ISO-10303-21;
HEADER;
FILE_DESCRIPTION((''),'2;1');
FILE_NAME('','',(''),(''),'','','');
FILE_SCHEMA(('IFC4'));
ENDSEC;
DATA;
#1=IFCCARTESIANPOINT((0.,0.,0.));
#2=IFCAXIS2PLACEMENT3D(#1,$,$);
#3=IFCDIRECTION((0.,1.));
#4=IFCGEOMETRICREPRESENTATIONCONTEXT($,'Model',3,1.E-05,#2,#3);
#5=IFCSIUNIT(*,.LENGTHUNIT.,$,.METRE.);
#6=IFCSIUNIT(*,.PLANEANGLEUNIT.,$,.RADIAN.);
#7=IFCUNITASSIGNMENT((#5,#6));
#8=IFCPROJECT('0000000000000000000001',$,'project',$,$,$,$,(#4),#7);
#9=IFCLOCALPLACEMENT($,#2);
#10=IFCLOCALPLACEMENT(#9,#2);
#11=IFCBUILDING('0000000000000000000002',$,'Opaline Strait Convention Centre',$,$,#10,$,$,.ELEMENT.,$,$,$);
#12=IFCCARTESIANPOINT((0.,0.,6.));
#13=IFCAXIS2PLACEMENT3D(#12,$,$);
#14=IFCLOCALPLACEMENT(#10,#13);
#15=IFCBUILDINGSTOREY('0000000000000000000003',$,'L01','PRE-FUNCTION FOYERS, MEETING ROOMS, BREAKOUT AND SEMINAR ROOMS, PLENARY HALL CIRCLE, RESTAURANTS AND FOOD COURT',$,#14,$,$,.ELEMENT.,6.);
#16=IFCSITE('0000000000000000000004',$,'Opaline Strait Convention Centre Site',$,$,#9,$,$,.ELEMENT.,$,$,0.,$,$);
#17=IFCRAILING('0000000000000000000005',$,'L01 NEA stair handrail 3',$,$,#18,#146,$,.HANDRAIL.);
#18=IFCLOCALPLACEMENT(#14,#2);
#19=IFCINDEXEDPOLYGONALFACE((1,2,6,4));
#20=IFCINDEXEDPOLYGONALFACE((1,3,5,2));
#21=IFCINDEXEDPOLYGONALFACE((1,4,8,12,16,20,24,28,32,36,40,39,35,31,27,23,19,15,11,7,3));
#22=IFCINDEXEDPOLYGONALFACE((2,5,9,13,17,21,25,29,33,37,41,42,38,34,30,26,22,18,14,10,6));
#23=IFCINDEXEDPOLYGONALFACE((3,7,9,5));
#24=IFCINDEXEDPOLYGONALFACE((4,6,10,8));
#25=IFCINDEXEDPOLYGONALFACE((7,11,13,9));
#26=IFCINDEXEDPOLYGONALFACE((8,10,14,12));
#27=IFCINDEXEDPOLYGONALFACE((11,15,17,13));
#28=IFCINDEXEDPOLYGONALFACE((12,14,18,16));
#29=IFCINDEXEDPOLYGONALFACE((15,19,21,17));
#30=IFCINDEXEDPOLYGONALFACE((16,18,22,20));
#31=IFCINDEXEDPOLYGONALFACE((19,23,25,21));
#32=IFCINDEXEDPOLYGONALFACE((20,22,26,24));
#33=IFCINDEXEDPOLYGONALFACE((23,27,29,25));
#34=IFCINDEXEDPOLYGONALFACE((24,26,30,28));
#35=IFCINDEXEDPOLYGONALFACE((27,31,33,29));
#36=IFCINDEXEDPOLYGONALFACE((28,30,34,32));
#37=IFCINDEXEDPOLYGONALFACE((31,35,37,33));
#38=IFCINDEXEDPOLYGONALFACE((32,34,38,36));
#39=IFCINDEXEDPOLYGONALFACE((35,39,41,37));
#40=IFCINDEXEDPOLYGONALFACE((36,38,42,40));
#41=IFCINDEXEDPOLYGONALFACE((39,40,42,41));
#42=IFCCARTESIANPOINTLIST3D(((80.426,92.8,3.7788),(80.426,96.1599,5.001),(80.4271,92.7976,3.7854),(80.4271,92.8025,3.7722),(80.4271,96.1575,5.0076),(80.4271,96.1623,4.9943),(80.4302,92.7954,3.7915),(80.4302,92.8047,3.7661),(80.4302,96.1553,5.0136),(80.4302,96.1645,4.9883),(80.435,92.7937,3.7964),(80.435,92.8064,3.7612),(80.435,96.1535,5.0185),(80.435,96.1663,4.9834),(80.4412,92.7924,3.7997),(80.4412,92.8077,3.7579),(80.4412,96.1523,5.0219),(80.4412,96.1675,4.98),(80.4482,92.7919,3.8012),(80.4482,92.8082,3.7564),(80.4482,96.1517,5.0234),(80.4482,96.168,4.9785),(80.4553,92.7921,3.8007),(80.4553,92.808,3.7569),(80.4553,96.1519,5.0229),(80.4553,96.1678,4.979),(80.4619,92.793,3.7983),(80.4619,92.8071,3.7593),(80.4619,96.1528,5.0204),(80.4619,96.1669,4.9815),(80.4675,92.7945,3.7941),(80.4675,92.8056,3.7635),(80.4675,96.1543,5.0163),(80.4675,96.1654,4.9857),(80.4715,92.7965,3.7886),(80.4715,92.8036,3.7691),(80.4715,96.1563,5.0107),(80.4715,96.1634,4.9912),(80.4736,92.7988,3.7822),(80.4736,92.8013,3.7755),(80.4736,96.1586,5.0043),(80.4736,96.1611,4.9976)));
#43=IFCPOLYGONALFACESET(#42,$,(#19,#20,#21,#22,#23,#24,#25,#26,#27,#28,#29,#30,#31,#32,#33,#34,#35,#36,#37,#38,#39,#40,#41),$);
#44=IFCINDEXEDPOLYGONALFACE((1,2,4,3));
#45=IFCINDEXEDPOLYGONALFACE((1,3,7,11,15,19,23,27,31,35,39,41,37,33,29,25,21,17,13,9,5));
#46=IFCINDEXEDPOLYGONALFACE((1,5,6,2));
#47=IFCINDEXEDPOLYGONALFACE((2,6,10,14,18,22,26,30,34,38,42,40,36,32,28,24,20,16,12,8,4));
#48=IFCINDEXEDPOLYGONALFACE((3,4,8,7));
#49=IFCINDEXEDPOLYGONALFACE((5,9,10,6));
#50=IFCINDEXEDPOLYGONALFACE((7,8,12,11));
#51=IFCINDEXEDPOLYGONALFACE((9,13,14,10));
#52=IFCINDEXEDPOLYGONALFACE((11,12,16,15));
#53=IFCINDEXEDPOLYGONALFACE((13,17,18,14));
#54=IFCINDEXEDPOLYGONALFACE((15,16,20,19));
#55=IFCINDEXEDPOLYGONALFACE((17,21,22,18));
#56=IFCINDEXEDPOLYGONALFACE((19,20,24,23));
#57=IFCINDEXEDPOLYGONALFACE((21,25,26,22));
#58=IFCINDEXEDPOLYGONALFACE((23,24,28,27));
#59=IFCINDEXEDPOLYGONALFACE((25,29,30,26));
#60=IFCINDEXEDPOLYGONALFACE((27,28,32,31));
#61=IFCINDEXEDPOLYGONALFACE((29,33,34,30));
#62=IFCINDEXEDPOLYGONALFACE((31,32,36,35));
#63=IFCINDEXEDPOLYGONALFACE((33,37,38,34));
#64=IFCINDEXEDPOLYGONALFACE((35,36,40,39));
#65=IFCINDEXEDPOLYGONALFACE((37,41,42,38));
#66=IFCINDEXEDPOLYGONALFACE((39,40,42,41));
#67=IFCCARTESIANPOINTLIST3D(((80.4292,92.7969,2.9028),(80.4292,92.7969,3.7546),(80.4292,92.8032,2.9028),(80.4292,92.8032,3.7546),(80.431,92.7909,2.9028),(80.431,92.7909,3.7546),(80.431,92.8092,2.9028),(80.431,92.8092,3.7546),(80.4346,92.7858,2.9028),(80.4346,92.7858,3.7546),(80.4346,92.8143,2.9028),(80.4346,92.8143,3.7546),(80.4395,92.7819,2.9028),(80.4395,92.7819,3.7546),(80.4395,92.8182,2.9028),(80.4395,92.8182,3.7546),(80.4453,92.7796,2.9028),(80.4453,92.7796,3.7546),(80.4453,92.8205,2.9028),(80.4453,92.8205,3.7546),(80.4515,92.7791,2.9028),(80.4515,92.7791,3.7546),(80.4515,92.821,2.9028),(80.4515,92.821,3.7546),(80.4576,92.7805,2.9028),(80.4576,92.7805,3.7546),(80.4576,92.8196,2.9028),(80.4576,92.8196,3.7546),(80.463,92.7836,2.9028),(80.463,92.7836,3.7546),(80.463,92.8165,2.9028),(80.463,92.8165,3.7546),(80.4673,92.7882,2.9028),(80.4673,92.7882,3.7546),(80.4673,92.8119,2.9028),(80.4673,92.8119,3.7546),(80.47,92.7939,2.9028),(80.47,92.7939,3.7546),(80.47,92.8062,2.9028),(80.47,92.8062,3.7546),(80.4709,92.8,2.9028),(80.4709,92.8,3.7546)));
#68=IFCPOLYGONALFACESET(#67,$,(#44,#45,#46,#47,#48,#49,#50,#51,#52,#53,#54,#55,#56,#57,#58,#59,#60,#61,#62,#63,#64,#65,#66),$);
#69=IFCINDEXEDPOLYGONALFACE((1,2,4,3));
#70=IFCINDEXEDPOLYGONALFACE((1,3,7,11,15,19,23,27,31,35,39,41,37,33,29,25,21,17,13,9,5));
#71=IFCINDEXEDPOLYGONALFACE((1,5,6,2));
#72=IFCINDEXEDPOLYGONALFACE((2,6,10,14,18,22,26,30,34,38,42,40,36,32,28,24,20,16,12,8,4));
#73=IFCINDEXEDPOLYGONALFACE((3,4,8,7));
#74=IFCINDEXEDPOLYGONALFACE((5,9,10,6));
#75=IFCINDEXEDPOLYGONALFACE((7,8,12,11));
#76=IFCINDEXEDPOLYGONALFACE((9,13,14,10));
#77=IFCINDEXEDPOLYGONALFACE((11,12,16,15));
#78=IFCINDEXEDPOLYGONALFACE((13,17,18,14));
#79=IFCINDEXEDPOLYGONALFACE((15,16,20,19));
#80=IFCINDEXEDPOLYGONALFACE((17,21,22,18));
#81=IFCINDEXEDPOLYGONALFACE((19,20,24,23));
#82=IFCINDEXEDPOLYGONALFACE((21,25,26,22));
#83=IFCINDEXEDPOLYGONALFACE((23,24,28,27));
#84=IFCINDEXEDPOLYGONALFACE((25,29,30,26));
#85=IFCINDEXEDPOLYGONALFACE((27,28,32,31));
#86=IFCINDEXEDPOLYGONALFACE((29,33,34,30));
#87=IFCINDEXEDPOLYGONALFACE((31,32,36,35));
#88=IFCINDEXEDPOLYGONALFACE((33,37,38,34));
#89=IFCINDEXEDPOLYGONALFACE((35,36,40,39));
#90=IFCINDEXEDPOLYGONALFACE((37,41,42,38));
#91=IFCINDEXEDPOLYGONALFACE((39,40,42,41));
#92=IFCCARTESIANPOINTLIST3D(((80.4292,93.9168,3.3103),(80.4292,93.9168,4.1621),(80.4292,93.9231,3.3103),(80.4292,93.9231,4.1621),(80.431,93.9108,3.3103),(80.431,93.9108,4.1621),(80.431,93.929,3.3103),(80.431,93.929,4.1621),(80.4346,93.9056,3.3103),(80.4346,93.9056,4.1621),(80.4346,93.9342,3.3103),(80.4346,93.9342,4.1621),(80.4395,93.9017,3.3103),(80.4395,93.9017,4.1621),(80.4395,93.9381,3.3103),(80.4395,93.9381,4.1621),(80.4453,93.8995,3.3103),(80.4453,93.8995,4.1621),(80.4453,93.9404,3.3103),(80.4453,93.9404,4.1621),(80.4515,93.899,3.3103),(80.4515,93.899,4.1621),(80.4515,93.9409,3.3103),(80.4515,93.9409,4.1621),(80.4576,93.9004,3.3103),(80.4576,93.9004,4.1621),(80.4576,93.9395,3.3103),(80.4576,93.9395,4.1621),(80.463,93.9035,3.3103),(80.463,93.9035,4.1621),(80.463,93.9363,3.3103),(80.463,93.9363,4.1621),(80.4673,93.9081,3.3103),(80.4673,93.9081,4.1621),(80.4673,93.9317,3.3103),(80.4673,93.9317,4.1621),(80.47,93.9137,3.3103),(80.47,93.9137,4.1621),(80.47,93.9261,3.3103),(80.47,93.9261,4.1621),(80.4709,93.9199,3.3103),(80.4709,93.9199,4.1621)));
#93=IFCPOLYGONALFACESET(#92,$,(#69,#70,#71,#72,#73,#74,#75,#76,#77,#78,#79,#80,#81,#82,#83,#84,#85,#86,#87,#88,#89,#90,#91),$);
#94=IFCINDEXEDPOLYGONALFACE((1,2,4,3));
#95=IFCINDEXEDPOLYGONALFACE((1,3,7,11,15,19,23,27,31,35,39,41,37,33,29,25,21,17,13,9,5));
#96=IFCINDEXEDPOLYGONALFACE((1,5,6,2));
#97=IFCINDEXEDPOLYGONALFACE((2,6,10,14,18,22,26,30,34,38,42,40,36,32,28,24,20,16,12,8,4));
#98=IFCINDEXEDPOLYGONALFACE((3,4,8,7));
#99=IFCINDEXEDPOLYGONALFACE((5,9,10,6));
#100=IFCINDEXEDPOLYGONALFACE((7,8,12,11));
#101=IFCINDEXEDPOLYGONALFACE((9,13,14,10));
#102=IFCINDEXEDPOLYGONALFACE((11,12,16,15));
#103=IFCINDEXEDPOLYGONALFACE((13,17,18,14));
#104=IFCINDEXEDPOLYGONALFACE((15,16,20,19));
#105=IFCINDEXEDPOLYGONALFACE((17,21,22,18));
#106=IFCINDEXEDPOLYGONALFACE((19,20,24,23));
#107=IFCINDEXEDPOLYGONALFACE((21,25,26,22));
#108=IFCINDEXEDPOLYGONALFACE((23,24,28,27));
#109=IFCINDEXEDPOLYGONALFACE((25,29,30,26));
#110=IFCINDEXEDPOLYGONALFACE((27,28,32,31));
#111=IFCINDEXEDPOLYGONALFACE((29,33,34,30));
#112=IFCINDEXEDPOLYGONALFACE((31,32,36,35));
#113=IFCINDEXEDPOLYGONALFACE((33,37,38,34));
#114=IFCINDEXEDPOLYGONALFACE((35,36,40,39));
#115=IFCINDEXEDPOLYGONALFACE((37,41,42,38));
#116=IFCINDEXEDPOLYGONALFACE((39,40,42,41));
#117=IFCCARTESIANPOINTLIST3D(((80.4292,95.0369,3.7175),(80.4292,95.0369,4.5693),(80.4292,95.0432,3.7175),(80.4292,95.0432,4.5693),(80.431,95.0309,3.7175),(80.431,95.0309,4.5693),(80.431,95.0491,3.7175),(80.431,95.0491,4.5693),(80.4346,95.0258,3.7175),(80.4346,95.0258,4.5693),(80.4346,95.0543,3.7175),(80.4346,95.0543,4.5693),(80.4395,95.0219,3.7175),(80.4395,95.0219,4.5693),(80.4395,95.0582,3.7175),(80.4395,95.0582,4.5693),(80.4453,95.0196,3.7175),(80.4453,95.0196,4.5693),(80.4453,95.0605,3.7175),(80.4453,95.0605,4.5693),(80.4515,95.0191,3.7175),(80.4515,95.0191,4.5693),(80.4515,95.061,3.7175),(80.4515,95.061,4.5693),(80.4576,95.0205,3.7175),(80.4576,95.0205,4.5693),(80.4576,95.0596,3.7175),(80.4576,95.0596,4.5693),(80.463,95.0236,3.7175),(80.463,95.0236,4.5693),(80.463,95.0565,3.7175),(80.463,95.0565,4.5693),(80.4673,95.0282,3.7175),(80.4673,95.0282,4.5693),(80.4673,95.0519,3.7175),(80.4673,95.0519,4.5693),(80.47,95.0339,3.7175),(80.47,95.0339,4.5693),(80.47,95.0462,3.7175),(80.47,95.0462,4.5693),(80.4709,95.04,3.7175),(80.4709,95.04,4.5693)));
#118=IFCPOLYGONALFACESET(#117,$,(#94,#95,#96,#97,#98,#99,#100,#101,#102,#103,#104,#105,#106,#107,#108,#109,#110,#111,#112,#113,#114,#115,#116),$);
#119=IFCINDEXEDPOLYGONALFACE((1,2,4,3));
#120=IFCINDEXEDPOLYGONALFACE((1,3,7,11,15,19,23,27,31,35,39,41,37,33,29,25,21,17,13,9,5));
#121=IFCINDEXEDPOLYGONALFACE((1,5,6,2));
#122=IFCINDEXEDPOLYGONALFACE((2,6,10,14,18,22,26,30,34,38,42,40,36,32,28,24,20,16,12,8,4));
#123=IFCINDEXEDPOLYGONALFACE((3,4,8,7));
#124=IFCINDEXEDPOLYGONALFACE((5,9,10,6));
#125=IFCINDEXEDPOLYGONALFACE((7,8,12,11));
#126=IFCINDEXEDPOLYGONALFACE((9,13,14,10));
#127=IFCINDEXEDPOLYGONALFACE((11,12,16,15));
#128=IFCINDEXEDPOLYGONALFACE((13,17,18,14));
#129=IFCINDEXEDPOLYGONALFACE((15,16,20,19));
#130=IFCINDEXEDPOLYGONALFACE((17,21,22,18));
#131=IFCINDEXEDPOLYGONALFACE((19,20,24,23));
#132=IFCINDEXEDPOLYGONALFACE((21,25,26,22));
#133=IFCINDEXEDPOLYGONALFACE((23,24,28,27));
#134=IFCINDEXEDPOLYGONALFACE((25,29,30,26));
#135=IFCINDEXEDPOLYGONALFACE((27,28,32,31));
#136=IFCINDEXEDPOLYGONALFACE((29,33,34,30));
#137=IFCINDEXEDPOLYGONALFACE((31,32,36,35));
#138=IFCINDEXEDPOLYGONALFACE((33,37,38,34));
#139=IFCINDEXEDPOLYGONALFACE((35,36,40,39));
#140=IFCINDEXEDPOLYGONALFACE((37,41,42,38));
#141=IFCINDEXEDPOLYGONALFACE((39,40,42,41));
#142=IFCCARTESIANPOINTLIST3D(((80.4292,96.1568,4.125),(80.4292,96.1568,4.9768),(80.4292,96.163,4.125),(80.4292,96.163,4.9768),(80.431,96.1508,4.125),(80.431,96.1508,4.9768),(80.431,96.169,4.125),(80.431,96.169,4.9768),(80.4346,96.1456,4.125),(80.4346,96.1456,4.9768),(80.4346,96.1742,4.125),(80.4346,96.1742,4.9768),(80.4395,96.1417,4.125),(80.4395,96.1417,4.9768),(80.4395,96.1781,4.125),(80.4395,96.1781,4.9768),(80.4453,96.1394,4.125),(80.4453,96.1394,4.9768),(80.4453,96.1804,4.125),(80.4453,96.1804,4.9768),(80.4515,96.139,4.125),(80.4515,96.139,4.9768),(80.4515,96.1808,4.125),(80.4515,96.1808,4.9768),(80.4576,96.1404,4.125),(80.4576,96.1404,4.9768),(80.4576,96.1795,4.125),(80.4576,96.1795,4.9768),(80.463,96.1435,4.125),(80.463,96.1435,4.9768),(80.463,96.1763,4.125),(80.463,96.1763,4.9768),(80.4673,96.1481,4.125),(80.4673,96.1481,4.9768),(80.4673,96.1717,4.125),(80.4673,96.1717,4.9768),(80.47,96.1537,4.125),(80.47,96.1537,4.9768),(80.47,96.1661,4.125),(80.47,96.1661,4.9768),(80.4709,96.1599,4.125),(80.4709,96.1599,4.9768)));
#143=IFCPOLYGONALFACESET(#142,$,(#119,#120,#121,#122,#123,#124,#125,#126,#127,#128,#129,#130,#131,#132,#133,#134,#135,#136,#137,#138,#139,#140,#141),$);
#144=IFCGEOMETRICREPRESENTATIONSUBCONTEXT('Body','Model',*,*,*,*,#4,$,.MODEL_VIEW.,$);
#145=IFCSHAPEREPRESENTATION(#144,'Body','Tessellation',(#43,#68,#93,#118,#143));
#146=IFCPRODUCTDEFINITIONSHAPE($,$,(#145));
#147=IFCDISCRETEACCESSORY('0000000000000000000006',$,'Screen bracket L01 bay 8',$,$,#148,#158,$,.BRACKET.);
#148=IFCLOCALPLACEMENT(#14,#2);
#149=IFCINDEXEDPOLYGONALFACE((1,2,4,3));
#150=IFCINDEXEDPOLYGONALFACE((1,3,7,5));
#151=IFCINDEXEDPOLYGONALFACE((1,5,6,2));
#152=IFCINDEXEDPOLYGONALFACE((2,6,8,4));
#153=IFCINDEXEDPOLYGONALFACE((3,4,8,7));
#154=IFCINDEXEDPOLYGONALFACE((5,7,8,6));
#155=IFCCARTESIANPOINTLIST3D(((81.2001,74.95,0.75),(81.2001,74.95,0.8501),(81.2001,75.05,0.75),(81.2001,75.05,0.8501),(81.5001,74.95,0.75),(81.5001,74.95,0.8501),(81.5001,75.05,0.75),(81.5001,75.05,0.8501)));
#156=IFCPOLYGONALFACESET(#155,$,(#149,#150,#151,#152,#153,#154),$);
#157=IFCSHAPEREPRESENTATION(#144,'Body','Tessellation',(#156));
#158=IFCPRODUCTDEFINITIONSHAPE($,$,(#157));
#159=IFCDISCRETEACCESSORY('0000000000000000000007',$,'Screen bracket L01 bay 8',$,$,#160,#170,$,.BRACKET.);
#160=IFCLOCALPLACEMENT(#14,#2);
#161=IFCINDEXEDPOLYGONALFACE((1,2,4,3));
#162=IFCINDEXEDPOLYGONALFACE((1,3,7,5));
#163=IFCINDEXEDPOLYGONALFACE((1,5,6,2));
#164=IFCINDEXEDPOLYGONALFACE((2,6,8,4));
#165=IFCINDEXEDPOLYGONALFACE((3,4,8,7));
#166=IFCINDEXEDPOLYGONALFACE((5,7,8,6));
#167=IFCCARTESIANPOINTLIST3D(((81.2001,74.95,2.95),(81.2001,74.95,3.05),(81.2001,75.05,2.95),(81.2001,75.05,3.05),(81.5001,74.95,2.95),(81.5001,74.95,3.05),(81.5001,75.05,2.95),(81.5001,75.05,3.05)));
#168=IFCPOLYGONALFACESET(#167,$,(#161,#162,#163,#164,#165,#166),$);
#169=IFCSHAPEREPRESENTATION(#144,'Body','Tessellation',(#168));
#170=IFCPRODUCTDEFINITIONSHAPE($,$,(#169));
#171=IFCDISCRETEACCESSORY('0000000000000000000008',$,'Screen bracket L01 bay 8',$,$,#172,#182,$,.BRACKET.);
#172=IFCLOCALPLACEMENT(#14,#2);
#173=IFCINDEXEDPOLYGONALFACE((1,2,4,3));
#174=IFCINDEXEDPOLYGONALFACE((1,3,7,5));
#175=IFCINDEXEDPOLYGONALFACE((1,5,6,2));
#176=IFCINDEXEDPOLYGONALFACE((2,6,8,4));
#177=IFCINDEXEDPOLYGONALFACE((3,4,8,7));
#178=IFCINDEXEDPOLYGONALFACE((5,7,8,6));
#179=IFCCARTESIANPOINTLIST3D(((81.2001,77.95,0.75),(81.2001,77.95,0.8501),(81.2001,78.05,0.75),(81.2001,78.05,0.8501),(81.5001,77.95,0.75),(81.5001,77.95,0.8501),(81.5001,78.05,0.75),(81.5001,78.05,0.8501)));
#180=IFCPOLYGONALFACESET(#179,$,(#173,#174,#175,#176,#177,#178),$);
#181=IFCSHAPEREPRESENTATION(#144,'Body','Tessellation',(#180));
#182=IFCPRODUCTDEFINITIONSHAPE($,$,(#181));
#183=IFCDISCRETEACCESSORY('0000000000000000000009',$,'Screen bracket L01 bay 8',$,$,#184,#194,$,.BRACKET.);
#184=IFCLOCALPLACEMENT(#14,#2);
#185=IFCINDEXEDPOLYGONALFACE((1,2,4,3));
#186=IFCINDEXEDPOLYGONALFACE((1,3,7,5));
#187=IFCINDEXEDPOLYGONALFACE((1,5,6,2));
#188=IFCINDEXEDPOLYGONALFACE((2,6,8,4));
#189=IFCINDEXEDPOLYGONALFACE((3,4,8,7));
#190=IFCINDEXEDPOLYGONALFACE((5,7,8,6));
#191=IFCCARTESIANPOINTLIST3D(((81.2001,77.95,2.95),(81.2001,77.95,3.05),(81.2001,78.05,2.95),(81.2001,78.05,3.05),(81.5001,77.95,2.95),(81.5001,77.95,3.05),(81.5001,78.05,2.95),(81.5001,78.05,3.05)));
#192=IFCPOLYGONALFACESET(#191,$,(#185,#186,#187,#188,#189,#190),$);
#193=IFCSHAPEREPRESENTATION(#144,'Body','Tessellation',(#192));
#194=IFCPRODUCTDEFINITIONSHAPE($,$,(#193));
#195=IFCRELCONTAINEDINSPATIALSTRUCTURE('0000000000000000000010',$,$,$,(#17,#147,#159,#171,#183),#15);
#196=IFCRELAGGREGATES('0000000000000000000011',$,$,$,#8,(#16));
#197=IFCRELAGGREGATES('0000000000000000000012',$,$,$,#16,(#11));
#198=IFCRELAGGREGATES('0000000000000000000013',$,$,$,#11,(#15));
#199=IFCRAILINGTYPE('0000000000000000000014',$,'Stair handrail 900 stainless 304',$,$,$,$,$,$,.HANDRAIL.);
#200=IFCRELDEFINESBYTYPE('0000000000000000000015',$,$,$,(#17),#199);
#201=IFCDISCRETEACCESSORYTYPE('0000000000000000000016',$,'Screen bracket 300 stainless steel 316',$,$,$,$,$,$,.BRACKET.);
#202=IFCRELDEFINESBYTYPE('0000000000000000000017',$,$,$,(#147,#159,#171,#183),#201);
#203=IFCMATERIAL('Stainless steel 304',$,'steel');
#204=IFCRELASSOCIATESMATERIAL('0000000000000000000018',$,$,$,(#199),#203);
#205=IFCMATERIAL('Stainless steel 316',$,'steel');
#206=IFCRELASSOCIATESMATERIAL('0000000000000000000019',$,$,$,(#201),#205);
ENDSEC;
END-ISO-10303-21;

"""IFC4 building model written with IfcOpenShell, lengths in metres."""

from ifc_helpers import new_model, si_unit, direction, frame, origin, origin_2d, place, context, subcontext, project, spatial, rectangle, circle, extrude, material, type_object, element, save


model = new_model("IFC4")

# Units and contexts
model_context = context("Model", 3, precision=1e-05, world=origin(), true_north=direction((0.0, 1.0)))
body_context = subcontext(model_context, "Body", "Model", "MODEL_VIEW")
ifc_project = project(units=[si_unit("LENGTHUNIT", "METRE"), si_unit("PLANEANGLEUNIT", "RADIAN")], contexts=[model_context])

# Site, building, storey
site_placement = place(None, origin())
site = spatial("IfcSite", under=ifc_project, at=site_placement, Name="Opaline Strait Convention Centre Site", CompositionType="ELEMENT", RefElevation=0.0)
building_placement = place(site_placement, origin())
building = spatial("IfcBuilding", under=site, at=building_placement, Name="Opaline Strait Convention Centre", CompositionType="ELEMENT")
storey_placement = place(building_placement, frame((0.0, 0.0, 6.0)))
storey = spatial("IfcBuildingStorey", under=building, at=storey_placement, Name="L01", Description="PRE-FUNCTION FOYERS, MEETING ROOMS, BREAKOUT AND SEMINAR ROOMS, PLENARY HALL CIRCLE, RESTAURANTS AND FOOD COURT", CompositionType="ELEMENT", Elevation=6.0)

# Railing
ifc_material_1 = material(Name="Stainless steel 304", Category="steel")
railing_type_1 = type_object("IfcRailingType", Name="Stair handrail 900 stainless 304", PredefinedType="HANDRAIL", material=ifc_material_1)
for number, where, name in (
    (1, (80.45, 92.8, 2.9028), "L01 NEA stair handrail 3"),
):
    element("IfcRailing", number, at=place(storey_placement, frame(where)), inside=storey, type_object=railing_type_1, Name=name, PredefinedType="HANDRAIL", context=body_context, shape_type="SweptSolid", body=[
        extrude(circle(Radius=0.0239, at=origin_2d()), frame((0.0, 0.0, 0.876), z_axis=(0.0, 0.939758, 0.341842), x_axis=(-1.0, 0.0, 0.0)), (0.0, 0.0, 1.0), 3.5752),
        extrude(circle(Radius=0.021, at=origin_2d()), origin(), (0.0, 0.0, 1.0), 0.8518),
        extrude(circle(Radius=0.021, at=origin_2d()), frame((0.0, 1.1199, 0.4075)), (0.0, 0.0, 1.0), 0.8518),
        extrude(circle(Radius=0.021, at=origin_2d()), frame((0.0, 2.24, 0.8147)), (0.0, 0.0, 1.0), 0.8518),
        extrude(circle(Radius=0.021, at=origin_2d()), frame((0.0, 3.3599, 1.2222)), (0.0, 0.0, 1.0), 0.8518),
    ])

# Discrete accessories
ifc_material_2 = material(Name="Stainless steel 316", Category="steel")
discrete_accessory_type = type_object("IfcDiscreteAccessoryType", Name="Screen bracket 300 stainless steel 316", PredefinedType="BRACKET", material=ifc_material_2)
for number, where, z_axis, x_axis, name in (
    (2, (81.3501, 75.0, 0.75), (0.0, 0.0, 1.0), (1.0, 0.0, 0.0), "Screen bracket L01 bay 8"),
    (3, (81.3501, 75.0, 2.95), (0.0, 0.0, 1.0), (1.0, 0.0, 0.0), "Screen bracket L01 bay 8"),
    (4, (81.3501, 78.0, 0.75), (0.0, 0.0, 1.0), (1.0, 0.0, 0.0), "Screen bracket L01 bay 8"),
    (5, (81.3501, 78.0, 2.95), (0.0, 0.0, 1.0), (1.0, 0.0, 0.0), "Screen bracket L01 bay 8"),
):
    element("IfcDiscreteAccessory", number, at=place(storey_placement, frame(where, z_axis=z_axis, x_axis=x_axis)), inside=storey, type_object=discrete_accessory_type, Name=name, PredefinedType="BRACKET", context=body_context, shape_type="SweptSolid", body=[
        extrude(rectangle(XDim=0.3, YDim=0.1001, at=origin_2d()), origin(), (0.0, 0.0, 1.0), 0.1001),
    ])

save(model, "model.ifc")
